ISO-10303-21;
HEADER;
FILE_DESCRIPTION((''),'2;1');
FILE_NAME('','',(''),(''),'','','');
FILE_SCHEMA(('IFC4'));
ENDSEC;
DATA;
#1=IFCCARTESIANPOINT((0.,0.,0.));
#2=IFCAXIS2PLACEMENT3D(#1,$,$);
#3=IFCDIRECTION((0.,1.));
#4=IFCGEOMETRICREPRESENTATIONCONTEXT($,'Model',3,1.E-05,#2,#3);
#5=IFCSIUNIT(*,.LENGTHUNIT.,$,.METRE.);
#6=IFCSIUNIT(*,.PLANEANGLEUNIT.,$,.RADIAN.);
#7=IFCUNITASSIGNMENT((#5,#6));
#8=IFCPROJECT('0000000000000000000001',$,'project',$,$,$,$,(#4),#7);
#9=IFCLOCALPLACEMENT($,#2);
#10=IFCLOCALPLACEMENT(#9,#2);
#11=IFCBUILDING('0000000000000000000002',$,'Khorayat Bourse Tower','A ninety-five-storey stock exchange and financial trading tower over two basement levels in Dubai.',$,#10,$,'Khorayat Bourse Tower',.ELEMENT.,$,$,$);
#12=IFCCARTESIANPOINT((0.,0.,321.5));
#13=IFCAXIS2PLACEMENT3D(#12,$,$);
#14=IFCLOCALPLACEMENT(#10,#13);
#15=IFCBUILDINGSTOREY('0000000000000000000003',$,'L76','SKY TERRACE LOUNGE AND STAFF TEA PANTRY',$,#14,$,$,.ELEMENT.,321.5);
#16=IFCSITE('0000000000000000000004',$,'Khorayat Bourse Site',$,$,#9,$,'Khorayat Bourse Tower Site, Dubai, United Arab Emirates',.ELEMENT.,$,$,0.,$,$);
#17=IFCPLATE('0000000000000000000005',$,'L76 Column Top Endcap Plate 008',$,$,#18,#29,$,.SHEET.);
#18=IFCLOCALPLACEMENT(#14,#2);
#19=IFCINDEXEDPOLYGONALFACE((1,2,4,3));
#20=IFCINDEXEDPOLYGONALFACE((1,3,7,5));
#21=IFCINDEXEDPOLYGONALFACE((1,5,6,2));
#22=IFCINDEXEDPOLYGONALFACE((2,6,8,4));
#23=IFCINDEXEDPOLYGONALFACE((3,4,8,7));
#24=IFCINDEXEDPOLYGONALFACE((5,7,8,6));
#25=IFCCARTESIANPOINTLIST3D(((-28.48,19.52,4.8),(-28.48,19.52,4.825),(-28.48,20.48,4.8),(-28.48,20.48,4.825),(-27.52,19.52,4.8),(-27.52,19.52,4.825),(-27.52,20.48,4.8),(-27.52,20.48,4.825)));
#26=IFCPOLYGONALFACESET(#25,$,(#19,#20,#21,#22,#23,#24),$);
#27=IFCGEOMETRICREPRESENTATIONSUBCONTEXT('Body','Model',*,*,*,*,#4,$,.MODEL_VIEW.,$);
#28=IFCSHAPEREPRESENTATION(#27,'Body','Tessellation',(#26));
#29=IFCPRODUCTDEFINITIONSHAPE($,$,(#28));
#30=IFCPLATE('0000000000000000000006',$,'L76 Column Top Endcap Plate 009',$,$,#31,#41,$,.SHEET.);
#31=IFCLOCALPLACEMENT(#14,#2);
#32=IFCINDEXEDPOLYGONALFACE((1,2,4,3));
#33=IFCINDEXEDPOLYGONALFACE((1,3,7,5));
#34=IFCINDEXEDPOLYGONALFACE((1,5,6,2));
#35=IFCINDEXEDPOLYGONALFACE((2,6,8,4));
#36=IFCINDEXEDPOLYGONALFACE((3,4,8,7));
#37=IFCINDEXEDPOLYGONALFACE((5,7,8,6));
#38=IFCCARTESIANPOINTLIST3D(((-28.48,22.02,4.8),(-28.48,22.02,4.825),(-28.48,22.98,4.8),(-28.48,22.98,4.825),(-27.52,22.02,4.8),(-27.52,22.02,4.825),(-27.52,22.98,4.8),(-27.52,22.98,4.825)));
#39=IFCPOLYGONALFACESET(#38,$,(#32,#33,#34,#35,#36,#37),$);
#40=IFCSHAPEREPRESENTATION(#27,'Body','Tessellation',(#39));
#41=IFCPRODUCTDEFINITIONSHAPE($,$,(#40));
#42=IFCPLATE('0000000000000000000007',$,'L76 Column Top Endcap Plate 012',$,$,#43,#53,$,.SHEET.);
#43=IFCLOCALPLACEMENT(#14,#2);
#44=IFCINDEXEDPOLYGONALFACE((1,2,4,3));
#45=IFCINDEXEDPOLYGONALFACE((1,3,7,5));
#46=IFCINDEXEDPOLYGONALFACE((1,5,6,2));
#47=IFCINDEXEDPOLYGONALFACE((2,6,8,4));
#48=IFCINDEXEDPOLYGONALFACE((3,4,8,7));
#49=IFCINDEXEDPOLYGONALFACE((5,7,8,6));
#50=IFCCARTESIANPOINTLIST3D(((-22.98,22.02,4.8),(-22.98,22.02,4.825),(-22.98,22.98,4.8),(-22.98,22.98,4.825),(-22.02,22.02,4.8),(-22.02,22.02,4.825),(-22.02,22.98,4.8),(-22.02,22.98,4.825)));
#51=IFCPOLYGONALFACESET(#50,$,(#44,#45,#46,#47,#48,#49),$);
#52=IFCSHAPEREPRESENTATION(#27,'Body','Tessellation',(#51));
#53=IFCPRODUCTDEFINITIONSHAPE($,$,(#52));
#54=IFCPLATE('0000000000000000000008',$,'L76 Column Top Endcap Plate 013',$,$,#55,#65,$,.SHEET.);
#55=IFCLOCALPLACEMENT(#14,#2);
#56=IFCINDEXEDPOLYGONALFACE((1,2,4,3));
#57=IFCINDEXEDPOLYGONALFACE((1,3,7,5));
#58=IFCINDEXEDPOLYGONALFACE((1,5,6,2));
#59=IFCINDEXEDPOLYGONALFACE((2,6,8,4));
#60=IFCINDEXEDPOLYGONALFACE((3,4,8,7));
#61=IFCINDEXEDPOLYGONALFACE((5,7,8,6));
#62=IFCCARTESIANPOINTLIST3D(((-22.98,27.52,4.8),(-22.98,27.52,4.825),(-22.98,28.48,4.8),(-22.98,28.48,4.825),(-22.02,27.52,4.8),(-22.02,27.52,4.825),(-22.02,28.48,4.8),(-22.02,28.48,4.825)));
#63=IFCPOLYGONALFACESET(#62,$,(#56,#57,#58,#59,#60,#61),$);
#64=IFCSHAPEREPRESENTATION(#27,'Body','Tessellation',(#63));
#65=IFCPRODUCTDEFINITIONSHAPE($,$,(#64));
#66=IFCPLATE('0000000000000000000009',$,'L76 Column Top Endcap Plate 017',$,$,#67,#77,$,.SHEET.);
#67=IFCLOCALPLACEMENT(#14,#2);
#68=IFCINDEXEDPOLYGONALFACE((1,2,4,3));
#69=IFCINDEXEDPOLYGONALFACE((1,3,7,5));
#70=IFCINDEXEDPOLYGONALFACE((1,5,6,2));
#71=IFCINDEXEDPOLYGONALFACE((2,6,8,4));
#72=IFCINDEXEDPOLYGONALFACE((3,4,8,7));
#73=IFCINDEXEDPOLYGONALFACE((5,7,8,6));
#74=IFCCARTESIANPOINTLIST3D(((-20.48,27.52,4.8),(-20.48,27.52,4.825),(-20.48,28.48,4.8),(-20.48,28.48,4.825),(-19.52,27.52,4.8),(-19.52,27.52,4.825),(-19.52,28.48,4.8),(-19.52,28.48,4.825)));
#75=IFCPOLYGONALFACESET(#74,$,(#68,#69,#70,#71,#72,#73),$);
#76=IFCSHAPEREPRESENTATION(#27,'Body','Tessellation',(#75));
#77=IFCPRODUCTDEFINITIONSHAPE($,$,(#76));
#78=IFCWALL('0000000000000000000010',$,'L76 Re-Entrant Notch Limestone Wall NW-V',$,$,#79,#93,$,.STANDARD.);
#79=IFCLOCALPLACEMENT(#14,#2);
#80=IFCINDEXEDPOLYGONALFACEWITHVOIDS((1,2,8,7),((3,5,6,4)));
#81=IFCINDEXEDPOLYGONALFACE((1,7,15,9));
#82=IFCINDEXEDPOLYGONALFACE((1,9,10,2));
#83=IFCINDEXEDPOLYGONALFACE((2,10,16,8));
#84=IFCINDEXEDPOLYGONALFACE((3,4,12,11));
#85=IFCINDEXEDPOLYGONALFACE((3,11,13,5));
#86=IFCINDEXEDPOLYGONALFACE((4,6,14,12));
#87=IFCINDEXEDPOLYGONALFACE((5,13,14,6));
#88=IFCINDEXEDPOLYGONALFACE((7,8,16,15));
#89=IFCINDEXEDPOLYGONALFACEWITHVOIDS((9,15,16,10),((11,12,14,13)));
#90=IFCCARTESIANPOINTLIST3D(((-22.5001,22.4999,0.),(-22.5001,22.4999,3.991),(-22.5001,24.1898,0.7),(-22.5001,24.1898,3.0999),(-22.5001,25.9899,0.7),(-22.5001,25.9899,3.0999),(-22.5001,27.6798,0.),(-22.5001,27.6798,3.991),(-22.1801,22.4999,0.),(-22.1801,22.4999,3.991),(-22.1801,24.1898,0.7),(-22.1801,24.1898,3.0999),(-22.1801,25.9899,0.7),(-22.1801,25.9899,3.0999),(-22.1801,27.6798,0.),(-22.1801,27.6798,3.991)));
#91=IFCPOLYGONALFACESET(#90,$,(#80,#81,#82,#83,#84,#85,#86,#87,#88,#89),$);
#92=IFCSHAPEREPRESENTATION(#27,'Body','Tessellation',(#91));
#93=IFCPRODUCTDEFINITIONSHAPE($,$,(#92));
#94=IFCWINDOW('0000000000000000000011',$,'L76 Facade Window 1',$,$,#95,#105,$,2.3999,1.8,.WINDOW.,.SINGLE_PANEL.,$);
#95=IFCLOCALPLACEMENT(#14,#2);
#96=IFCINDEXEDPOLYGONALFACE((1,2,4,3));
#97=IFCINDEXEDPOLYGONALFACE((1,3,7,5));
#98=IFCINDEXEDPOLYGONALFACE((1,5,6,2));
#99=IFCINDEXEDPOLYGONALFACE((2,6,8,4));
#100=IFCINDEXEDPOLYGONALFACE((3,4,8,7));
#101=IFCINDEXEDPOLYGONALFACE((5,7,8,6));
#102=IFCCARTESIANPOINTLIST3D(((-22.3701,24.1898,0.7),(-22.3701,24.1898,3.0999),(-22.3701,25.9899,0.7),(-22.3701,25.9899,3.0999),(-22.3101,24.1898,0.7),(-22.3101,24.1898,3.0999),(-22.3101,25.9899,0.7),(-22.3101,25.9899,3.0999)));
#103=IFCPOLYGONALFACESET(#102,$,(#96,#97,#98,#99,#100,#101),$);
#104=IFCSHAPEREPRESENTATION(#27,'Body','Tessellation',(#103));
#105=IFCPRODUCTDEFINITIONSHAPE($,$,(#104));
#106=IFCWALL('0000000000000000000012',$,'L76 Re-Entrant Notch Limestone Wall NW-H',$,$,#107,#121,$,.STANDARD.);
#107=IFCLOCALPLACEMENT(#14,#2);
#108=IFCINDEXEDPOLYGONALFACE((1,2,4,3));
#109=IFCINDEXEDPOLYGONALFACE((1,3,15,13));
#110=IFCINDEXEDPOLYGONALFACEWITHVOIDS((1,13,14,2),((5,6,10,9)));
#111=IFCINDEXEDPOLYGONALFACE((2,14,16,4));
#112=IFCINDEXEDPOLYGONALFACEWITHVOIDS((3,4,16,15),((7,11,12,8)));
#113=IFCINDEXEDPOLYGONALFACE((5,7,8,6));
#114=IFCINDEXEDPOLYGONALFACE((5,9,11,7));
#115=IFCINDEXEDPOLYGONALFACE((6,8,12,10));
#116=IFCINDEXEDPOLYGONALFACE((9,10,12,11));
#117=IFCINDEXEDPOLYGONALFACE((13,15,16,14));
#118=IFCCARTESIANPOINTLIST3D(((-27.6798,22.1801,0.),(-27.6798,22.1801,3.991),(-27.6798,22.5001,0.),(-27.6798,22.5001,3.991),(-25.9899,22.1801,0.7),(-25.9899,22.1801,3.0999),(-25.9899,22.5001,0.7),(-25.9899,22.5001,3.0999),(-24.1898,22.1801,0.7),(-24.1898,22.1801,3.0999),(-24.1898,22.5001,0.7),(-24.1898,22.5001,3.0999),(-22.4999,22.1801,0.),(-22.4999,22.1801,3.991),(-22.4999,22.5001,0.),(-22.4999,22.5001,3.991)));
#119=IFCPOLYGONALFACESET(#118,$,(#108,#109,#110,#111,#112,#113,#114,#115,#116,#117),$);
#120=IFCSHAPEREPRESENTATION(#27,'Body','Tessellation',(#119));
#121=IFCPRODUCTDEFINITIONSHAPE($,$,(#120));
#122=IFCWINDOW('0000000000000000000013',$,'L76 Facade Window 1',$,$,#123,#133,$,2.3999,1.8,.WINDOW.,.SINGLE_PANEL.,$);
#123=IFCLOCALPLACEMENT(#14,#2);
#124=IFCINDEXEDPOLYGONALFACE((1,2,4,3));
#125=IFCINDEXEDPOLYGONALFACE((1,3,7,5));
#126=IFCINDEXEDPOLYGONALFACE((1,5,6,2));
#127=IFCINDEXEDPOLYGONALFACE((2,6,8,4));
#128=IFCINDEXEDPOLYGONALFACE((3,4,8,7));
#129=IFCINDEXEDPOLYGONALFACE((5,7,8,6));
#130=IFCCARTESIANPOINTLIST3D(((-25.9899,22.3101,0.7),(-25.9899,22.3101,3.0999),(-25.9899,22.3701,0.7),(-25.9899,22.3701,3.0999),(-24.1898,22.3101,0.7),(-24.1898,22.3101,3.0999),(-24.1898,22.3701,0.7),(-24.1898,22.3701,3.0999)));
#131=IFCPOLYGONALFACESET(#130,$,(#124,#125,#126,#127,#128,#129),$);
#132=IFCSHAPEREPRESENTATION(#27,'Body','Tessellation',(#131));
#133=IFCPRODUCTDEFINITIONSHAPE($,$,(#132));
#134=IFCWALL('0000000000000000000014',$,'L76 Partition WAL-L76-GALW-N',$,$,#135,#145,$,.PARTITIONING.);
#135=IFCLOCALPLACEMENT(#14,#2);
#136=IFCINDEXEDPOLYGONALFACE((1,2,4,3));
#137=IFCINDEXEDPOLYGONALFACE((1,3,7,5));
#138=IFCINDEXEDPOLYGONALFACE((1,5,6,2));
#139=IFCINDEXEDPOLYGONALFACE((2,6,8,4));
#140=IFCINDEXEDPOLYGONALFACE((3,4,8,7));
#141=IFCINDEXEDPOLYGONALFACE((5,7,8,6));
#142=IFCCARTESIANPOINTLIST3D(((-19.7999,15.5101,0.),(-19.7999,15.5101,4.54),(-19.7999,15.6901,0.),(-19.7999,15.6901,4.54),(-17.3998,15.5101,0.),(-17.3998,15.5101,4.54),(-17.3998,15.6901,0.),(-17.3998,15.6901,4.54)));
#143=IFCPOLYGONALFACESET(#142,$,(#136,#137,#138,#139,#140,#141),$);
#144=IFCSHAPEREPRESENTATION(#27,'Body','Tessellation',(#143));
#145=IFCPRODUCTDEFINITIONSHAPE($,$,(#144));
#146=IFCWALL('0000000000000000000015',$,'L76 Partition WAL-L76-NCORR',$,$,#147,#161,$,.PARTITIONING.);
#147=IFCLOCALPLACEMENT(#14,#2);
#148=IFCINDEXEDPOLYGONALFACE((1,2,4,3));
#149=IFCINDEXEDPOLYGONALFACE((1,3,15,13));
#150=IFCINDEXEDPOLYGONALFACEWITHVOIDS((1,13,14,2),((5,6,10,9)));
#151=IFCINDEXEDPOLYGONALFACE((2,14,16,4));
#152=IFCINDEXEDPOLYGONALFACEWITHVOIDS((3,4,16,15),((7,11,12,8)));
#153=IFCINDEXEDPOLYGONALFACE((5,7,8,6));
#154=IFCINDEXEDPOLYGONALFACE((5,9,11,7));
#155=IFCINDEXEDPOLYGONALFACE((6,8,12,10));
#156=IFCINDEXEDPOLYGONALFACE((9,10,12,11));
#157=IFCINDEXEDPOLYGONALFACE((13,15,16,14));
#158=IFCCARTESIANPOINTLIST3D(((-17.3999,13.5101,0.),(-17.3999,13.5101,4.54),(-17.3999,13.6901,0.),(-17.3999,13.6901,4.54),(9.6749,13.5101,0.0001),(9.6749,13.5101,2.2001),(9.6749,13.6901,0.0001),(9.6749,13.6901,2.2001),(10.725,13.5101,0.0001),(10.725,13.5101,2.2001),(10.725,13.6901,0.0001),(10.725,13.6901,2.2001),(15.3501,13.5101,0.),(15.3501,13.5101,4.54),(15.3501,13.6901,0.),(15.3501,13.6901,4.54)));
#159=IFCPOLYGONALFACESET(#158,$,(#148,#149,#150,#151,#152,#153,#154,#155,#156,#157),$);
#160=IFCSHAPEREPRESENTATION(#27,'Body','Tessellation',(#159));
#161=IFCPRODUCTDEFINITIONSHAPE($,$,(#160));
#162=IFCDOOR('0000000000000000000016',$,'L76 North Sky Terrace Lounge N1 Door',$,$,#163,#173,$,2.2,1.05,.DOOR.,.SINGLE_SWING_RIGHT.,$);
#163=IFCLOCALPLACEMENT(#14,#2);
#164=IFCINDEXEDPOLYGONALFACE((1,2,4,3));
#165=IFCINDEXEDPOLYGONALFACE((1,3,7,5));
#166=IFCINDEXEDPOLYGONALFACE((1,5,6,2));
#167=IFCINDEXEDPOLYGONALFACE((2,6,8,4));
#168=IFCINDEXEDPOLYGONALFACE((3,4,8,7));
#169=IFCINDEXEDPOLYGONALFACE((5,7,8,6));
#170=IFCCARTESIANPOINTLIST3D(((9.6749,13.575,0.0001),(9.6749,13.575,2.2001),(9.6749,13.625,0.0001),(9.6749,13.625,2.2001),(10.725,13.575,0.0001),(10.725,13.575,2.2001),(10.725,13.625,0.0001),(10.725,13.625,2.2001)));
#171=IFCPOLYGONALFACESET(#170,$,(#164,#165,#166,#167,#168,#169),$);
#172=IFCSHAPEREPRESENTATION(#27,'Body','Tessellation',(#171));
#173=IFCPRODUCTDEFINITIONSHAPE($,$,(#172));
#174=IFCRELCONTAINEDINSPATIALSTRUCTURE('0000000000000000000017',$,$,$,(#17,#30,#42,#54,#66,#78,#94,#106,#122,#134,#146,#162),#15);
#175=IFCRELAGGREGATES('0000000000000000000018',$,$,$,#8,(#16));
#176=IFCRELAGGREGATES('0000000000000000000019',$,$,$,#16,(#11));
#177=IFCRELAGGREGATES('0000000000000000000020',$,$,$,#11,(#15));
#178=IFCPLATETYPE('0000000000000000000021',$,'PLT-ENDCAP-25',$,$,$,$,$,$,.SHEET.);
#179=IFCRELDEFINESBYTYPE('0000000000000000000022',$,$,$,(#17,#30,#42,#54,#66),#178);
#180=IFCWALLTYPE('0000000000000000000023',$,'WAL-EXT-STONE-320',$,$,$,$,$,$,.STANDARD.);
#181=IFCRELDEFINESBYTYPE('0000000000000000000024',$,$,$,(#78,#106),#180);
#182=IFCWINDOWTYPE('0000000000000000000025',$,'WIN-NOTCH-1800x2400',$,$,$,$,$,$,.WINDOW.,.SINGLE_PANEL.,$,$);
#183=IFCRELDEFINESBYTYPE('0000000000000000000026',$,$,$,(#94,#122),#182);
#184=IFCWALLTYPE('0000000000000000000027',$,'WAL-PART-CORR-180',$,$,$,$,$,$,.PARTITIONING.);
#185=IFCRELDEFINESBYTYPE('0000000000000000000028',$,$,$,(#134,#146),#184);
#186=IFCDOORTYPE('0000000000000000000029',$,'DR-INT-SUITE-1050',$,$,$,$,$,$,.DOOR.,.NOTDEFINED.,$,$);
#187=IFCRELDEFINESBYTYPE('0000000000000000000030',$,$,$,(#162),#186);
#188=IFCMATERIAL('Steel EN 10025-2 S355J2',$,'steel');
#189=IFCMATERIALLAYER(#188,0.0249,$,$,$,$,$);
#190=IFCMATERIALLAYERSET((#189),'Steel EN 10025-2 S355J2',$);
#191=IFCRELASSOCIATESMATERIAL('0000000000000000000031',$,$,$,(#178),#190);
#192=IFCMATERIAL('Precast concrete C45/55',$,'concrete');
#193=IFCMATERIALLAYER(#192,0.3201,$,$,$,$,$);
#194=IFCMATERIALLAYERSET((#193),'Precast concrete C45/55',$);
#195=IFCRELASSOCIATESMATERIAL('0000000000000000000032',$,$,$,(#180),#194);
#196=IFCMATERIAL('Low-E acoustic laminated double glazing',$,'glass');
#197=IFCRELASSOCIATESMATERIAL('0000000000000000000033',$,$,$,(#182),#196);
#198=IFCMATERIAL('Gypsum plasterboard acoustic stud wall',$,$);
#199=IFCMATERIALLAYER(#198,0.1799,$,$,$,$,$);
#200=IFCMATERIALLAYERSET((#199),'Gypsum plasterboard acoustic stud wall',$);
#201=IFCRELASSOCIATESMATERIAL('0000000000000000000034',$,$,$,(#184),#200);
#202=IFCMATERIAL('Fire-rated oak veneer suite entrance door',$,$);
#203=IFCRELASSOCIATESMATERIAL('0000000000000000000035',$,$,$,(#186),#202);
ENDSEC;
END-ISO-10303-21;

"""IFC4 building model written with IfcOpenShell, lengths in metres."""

from ifc_helpers import new_model, si_unit, direction, frame, frame_2d, origin, origin_2d, place, context, subcontext, project, spatial, rectangle, extrude, source, transform, mapped, material, layer, layer_set, type_object, element, fill, save


model = new_model("IFC4")

# Units and contexts
model_context = context("Model", 3, precision=1e-05, world=origin(), true_north=direction((0.0, 1.0)))
body_context = subcontext(model_context, "Body", "Model", "MODEL_VIEW")
ifc_project = project(units=[si_unit("LENGTHUNIT", "METRE"), si_unit("PLANEANGLEUNIT", "RADIAN")], contexts=[model_context])

# Site, building, storey
site_placement = place(None, origin())
site = spatial("IfcSite", under=ifc_project, at=site_placement, Name="Khorayat Bourse Site", LongName="Khorayat Bourse Tower Site, Dubai, United Arab Emirates", CompositionType="ELEMENT", RefElevation=0.0)
building_placement = place(site_placement, origin())
building = spatial("IfcBuilding", under=site, at=building_placement, Name="Khorayat Bourse Tower", Description="A ninety-five-storey stock exchange and financial trading tower over two basement levels in Dubai.", LongName="Khorayat Bourse Tower", CompositionType="ELEMENT")
storey_placement = place(building_placement, frame((0.0, 0.0, 321.5)))
storey = spatial("IfcBuildingStorey", under=building, at=storey_placement, Name="L76", Description="SKY TERRACE LOUNGE AND STAFF TEA PANTRY", CompositionType="ELEMENT", Elevation=321.5)

# Plates
ifc_material_1 = material(Name="Steel EN 10025-2 S355J2", Category="steel")
ifc_layer_1 = layer(ifc_material_1, 0.0249)
ifc_layer_set_1 = layer_set([ifc_layer_1], Name="Steel EN 10025-2 S355J2")
plate_type = type_object("IfcPlateType", Name="PLT-ENDCAP-25", PredefinedType="SHEET", material=ifc_layer_set_1)
shared_shape_1 = source(origin(), body_context, "Body", "SweptSolid", [
    extrude(rectangle(XDim=0.96, YDim=0.96, at=origin_2d()), origin(), (0.0, 0.0, 1.0), 0.0249),
])
for number, where, z_axis, x_axis, name in (
    (1, (-28.0, 20.0, 4.8), (0.0, 0.0, 1.0), (1.0, 0.0, 0.0), "L76 Column Top Endcap Plate 008"),
    (2, (-28.0, 22.5, 4.8), (0.0, 0.0, 1.0), (1.0, 0.0, 0.0), "L76 Column Top Endcap Plate 009"),
    (3, (-22.5, 22.5, 4.8), (0.0, 0.0, 1.0), (1.0, 0.0, 0.0), "L76 Column Top Endcap Plate 012"),
    (4, (-22.5, 28.0, 4.8), (0.0, 0.0, 1.0), (1.0, 0.0, 0.0), "L76 Column Top Endcap Plate 013"),
    (5, (-20.0, 28.0, 4.8), (0.0, 0.0, 1.0), (1.0, 0.0, 0.0), "L76 Column Top Endcap Plate 017"),
):
    element("IfcPlate", number, at=place(storey_placement, frame(where, z_axis=z_axis, x_axis=x_axis)), inside=storey, type_object=plate_type, Name=name, PredefinedType="SHEET", context=body_context, shape_type="MappedRepresentation", body=[
        mapped(shared_shape_1, transform((0.0, 0.0, 0.0), scale=1.0)),
    ])

# Walls, openings, windows
ifc_material_2 = material(Name="Precast concrete C45/55", Category="concrete")
ifc_layer_2 = layer(ifc_material_2, 0.3201)
ifc_layer_set_2 = layer_set([ifc_layer_2], Name="Precast concrete C45/55")
wall_type_1 = type_object("IfcWallType", Name="WAL-EXT-STONE-320", PredefinedType="STANDARD", material=ifc_layer_set_2)
shared_shape_2 = source(origin(), body_context, "Body", "SweptSolid", [
    extrude(rectangle(XDim=5.1799, YDim=0.3201, at=frame_2d((2.5898, 0.0))), origin(), (0.0, 0.0, 1.0), 3.991),
])
wall_1_placement = place(storey_placement, frame((-22.3401, 22.5, 0.0), z_axis=(0.0, 0.0, 1.0), x_axis=(0.0, 1.0, 0.0)))
wall_1 = element("IfcWall", 6, at=wall_1_placement, inside=storey, type_object=wall_type_1, Name="L76 Re-Entrant Notch Limestone Wall NW-V", PredefinedType="STANDARD", context=body_context, shape_type="MappedRepresentation", body=[
    mapped(shared_shape_2, transform((0.0, 0.0, 0.0), scale=1.0)),
])
shared_shape_3 = source(origin(), body_context, "Body", "SweptSolid", [
    extrude(rectangle(XDim=1.8, YDim=2.3999, at=frame_2d((0.8999, 1.2))), frame((0.0, 0.1699, 0.0), z_axis=(0.0, -1.0, 0.0), x_axis=(1.0, 0.0, 0.0)), (0.0, 0.0, 1.0), 0.3401),
])
opening_1_placement = place(wall_1_placement, frame((1.6899, 0.0, 0.7)))
opening_1 = element("IfcOpeningElement", 7, at=opening_1_placement, cuts=wall_1, PredefinedType="OPENING", context=body_context, shape_type="MappedRepresentation", body=[
    mapped(shared_shape_3, transform((0.0, 0.0, 0.0), scale=1.0)),
])
ifc_material_3 = material(Name="Low-E acoustic laminated double glazing", Category="glass")
window_type = type_object("IfcWindowType", Name="WIN-NOTCH-1800x2400", PartitioningType="SINGLE_PANEL", PredefinedType="WINDOW", material=ifc_material_3)
shared_shape_4 = source(origin(), body_context, "Body", "SweptSolid", [
    extrude(rectangle(XDim=1.8, YDim=2.3999, at=frame_2d((0.8999, 1.2))), frame((0.0, 0.03, 0.0), z_axis=(0.0, -1.0, 0.0), x_axis=(1.0, 0.0, 0.0)), (0.0, 0.0, 1.0), 0.0601),
])
window_1_placement = place(opening_1_placement, origin())
window_1 = element("IfcWindow", 8, at=window_1_placement, inside=storey, type_object=window_type, Name="L76 Facade Window 1", OverallHeight=2.3999, OverallWidth=1.8, PartitioningType="SINGLE_PANEL", PredefinedType="WINDOW", context=body_context, shape_type="MappedRepresentation", body=[
    mapped(shared_shape_4, transform((0.0, 0.0, 0.0), scale=1.0)),
])
fill(opening_1, window_1)
wall_2_placement = place(storey_placement, frame((-22.5, 22.3401, 0.0), z_axis=(0.0, 0.0, 1.0), x_axis=(-1.0, 0.0, 0.0)))
wall_2 = element("IfcWall", 9, at=wall_2_placement, inside=storey, type_object=wall_type_1, Name="L76 Re-Entrant Notch Limestone Wall NW-H", PredefinedType="STANDARD", context=body_context, shape_type="MappedRepresentation", body=[
    mapped(shared_shape_2, transform((0.0, 0.0, 0.0), scale=1.0)),
])
opening_2_placement = place(wall_2_placement, frame((1.6899, 0.0, 0.7)))
opening_2 = element("IfcOpeningElement", 10, at=opening_2_placement, cuts=wall_2, PredefinedType="OPENING", context=body_context, shape_type="MappedRepresentation", body=[
    mapped(shared_shape_3, transform((0.0, 0.0, 0.0), scale=1.0)),
])
window_2_placement = place(opening_2_placement, origin())
window_2 = element("IfcWindow", 11, at=window_2_placement, inside=storey, type_object=window_type, Name="L76 Facade Window 1", OverallHeight=2.3999, OverallWidth=1.8, PartitioningType="SINGLE_PANEL", PredefinedType="WINDOW", context=body_context, shape_type="MappedRepresentation", body=[
    mapped(shared_shape_4, transform((0.0, 0.0, 0.0), scale=1.0)),
])
fill(opening_2, window_2)

# Wall
ifc_material_4 = material(Name="Gypsum plasterboard acoustic stud wall")
ifc_layer_3 = layer(ifc_material_4, 0.1799)
ifc_layer_set_3 = layer_set([ifc_layer_3], Name="Gypsum plasterboard acoustic stud wall")
wall_type_2 = type_object("IfcWallType", Name="WAL-PART-CORR-180", PredefinedType="PARTITIONING", material=ifc_layer_set_3)
shared_shape_5 = source(origin(), body_context, "Body", "SweptSolid", [
    extrude(rectangle(XDim=2.4001, YDim=0.1799, at=frame_2d((1.2002, 0.0))), origin(), (0.0, 0.0, 1.0), 4.54),
])
wall_3_placement = place(storey_placement, frame((-19.8, 15.6001, 0.0), z_axis=(0.0, 0.0, 1.0), x_axis=(1.0, 0.0, 0.0)))
element("IfcWall", 12, at=wall_3_placement, inside=storey, type_object=wall_type_2, Name="L76 Partition WAL-L76-GALW-N", PredefinedType="PARTITIONING", context=body_context, shape_type="MappedRepresentation", body=[
    mapped(shared_shape_5, transform((0.0, 0.0, 0.0), scale=1.0)),
])

# Wall, opening, door
shared_shape_6 = source(origin(), body_context, "Body", "SweptSolid", [
    extrude(rectangle(XDim=32.75, YDim=0.1799, at=frame_2d((16.375, 0.0))), origin(), (0.0, 0.0, 1.0), 4.54),
])
wall_4_placement = place(storey_placement, frame((-17.3999, 13.6001, 0.0), z_axis=(0.0, 0.0, 1.0), x_axis=(1.0, 0.0, 0.0)))
wall_4 = element("IfcWall", 13, at=wall_4_placement, inside=storey, type_object=wall_type_2, Name="L76 Partition WAL-L76-NCORR", PredefinedType="PARTITIONING", context=body_context, shape_type="MappedRepresentation", body=[
    mapped(shared_shape_6, transform((0.0, 0.0, 0.0), scale=1.0)),
])
shared_shape_7 = source(origin(), body_context, "Body", "SweptSolid", [
    extrude(rectangle(XDim=1.05, YDim=2.2, at=frame_2d((0.5249, 1.1001))), frame((0.0, 0.0999, 0.0), z_axis=(0.0, -1.0, 0.0), x_axis=(1.0, 0.0, 0.0)), (0.0, 0.0, 1.0), 0.2),
])
opening_3_placement = place(wall_4_placement, frame((27.075, 0.0, 0.0)))
opening_3 = element("IfcOpeningElement", 14, at=opening_3_placement, cuts=wall_4, PredefinedType="OPENING", context=body_context, shape_type="MappedRepresentation", body=[
    mapped(shared_shape_7, transform((0.0, 0.0, 0.0), scale=1.0)),
])
ifc_material_5 = material(Name="Fire-rated oak veneer suite entrance door")
door_type = type_object("IfcDoorType", Name="DR-INT-SUITE-1050", OperationType="NOTDEFINED", PredefinedType="DOOR", material=ifc_material_5)
shared_shape_8 = source(origin(), body_context, "Body", "SweptSolid", [
    extrude(rectangle(XDim=1.05, YDim=2.2, at=frame_2d((0.5249, 1.1001))), frame((0.0, 0.0249, 0.0), z_axis=(0.0, -1.0, 0.0), x_axis=(1.0, 0.0, 0.0)), (0.0, 0.0, 1.0), 0.05),
])
door_placement = place(opening_3_placement, origin())
door = element("IfcDoor", 15, at=door_placement, inside=storey, type_object=door_type, Name="L76 North Sky Terrace Lounge N1 Door", OperationType="SINGLE_SWING_RIGHT", OverallHeight=2.2, OverallWidth=1.05, PredefinedType="DOOR", context=body_context, shape_type="MappedRepresentation", body=[
    mapped(shared_shape_8, transform((0.0, 0.0, 0.0), scale=1.0)),
])
fill(opening_3, door)

save(model, "model.ifc")
